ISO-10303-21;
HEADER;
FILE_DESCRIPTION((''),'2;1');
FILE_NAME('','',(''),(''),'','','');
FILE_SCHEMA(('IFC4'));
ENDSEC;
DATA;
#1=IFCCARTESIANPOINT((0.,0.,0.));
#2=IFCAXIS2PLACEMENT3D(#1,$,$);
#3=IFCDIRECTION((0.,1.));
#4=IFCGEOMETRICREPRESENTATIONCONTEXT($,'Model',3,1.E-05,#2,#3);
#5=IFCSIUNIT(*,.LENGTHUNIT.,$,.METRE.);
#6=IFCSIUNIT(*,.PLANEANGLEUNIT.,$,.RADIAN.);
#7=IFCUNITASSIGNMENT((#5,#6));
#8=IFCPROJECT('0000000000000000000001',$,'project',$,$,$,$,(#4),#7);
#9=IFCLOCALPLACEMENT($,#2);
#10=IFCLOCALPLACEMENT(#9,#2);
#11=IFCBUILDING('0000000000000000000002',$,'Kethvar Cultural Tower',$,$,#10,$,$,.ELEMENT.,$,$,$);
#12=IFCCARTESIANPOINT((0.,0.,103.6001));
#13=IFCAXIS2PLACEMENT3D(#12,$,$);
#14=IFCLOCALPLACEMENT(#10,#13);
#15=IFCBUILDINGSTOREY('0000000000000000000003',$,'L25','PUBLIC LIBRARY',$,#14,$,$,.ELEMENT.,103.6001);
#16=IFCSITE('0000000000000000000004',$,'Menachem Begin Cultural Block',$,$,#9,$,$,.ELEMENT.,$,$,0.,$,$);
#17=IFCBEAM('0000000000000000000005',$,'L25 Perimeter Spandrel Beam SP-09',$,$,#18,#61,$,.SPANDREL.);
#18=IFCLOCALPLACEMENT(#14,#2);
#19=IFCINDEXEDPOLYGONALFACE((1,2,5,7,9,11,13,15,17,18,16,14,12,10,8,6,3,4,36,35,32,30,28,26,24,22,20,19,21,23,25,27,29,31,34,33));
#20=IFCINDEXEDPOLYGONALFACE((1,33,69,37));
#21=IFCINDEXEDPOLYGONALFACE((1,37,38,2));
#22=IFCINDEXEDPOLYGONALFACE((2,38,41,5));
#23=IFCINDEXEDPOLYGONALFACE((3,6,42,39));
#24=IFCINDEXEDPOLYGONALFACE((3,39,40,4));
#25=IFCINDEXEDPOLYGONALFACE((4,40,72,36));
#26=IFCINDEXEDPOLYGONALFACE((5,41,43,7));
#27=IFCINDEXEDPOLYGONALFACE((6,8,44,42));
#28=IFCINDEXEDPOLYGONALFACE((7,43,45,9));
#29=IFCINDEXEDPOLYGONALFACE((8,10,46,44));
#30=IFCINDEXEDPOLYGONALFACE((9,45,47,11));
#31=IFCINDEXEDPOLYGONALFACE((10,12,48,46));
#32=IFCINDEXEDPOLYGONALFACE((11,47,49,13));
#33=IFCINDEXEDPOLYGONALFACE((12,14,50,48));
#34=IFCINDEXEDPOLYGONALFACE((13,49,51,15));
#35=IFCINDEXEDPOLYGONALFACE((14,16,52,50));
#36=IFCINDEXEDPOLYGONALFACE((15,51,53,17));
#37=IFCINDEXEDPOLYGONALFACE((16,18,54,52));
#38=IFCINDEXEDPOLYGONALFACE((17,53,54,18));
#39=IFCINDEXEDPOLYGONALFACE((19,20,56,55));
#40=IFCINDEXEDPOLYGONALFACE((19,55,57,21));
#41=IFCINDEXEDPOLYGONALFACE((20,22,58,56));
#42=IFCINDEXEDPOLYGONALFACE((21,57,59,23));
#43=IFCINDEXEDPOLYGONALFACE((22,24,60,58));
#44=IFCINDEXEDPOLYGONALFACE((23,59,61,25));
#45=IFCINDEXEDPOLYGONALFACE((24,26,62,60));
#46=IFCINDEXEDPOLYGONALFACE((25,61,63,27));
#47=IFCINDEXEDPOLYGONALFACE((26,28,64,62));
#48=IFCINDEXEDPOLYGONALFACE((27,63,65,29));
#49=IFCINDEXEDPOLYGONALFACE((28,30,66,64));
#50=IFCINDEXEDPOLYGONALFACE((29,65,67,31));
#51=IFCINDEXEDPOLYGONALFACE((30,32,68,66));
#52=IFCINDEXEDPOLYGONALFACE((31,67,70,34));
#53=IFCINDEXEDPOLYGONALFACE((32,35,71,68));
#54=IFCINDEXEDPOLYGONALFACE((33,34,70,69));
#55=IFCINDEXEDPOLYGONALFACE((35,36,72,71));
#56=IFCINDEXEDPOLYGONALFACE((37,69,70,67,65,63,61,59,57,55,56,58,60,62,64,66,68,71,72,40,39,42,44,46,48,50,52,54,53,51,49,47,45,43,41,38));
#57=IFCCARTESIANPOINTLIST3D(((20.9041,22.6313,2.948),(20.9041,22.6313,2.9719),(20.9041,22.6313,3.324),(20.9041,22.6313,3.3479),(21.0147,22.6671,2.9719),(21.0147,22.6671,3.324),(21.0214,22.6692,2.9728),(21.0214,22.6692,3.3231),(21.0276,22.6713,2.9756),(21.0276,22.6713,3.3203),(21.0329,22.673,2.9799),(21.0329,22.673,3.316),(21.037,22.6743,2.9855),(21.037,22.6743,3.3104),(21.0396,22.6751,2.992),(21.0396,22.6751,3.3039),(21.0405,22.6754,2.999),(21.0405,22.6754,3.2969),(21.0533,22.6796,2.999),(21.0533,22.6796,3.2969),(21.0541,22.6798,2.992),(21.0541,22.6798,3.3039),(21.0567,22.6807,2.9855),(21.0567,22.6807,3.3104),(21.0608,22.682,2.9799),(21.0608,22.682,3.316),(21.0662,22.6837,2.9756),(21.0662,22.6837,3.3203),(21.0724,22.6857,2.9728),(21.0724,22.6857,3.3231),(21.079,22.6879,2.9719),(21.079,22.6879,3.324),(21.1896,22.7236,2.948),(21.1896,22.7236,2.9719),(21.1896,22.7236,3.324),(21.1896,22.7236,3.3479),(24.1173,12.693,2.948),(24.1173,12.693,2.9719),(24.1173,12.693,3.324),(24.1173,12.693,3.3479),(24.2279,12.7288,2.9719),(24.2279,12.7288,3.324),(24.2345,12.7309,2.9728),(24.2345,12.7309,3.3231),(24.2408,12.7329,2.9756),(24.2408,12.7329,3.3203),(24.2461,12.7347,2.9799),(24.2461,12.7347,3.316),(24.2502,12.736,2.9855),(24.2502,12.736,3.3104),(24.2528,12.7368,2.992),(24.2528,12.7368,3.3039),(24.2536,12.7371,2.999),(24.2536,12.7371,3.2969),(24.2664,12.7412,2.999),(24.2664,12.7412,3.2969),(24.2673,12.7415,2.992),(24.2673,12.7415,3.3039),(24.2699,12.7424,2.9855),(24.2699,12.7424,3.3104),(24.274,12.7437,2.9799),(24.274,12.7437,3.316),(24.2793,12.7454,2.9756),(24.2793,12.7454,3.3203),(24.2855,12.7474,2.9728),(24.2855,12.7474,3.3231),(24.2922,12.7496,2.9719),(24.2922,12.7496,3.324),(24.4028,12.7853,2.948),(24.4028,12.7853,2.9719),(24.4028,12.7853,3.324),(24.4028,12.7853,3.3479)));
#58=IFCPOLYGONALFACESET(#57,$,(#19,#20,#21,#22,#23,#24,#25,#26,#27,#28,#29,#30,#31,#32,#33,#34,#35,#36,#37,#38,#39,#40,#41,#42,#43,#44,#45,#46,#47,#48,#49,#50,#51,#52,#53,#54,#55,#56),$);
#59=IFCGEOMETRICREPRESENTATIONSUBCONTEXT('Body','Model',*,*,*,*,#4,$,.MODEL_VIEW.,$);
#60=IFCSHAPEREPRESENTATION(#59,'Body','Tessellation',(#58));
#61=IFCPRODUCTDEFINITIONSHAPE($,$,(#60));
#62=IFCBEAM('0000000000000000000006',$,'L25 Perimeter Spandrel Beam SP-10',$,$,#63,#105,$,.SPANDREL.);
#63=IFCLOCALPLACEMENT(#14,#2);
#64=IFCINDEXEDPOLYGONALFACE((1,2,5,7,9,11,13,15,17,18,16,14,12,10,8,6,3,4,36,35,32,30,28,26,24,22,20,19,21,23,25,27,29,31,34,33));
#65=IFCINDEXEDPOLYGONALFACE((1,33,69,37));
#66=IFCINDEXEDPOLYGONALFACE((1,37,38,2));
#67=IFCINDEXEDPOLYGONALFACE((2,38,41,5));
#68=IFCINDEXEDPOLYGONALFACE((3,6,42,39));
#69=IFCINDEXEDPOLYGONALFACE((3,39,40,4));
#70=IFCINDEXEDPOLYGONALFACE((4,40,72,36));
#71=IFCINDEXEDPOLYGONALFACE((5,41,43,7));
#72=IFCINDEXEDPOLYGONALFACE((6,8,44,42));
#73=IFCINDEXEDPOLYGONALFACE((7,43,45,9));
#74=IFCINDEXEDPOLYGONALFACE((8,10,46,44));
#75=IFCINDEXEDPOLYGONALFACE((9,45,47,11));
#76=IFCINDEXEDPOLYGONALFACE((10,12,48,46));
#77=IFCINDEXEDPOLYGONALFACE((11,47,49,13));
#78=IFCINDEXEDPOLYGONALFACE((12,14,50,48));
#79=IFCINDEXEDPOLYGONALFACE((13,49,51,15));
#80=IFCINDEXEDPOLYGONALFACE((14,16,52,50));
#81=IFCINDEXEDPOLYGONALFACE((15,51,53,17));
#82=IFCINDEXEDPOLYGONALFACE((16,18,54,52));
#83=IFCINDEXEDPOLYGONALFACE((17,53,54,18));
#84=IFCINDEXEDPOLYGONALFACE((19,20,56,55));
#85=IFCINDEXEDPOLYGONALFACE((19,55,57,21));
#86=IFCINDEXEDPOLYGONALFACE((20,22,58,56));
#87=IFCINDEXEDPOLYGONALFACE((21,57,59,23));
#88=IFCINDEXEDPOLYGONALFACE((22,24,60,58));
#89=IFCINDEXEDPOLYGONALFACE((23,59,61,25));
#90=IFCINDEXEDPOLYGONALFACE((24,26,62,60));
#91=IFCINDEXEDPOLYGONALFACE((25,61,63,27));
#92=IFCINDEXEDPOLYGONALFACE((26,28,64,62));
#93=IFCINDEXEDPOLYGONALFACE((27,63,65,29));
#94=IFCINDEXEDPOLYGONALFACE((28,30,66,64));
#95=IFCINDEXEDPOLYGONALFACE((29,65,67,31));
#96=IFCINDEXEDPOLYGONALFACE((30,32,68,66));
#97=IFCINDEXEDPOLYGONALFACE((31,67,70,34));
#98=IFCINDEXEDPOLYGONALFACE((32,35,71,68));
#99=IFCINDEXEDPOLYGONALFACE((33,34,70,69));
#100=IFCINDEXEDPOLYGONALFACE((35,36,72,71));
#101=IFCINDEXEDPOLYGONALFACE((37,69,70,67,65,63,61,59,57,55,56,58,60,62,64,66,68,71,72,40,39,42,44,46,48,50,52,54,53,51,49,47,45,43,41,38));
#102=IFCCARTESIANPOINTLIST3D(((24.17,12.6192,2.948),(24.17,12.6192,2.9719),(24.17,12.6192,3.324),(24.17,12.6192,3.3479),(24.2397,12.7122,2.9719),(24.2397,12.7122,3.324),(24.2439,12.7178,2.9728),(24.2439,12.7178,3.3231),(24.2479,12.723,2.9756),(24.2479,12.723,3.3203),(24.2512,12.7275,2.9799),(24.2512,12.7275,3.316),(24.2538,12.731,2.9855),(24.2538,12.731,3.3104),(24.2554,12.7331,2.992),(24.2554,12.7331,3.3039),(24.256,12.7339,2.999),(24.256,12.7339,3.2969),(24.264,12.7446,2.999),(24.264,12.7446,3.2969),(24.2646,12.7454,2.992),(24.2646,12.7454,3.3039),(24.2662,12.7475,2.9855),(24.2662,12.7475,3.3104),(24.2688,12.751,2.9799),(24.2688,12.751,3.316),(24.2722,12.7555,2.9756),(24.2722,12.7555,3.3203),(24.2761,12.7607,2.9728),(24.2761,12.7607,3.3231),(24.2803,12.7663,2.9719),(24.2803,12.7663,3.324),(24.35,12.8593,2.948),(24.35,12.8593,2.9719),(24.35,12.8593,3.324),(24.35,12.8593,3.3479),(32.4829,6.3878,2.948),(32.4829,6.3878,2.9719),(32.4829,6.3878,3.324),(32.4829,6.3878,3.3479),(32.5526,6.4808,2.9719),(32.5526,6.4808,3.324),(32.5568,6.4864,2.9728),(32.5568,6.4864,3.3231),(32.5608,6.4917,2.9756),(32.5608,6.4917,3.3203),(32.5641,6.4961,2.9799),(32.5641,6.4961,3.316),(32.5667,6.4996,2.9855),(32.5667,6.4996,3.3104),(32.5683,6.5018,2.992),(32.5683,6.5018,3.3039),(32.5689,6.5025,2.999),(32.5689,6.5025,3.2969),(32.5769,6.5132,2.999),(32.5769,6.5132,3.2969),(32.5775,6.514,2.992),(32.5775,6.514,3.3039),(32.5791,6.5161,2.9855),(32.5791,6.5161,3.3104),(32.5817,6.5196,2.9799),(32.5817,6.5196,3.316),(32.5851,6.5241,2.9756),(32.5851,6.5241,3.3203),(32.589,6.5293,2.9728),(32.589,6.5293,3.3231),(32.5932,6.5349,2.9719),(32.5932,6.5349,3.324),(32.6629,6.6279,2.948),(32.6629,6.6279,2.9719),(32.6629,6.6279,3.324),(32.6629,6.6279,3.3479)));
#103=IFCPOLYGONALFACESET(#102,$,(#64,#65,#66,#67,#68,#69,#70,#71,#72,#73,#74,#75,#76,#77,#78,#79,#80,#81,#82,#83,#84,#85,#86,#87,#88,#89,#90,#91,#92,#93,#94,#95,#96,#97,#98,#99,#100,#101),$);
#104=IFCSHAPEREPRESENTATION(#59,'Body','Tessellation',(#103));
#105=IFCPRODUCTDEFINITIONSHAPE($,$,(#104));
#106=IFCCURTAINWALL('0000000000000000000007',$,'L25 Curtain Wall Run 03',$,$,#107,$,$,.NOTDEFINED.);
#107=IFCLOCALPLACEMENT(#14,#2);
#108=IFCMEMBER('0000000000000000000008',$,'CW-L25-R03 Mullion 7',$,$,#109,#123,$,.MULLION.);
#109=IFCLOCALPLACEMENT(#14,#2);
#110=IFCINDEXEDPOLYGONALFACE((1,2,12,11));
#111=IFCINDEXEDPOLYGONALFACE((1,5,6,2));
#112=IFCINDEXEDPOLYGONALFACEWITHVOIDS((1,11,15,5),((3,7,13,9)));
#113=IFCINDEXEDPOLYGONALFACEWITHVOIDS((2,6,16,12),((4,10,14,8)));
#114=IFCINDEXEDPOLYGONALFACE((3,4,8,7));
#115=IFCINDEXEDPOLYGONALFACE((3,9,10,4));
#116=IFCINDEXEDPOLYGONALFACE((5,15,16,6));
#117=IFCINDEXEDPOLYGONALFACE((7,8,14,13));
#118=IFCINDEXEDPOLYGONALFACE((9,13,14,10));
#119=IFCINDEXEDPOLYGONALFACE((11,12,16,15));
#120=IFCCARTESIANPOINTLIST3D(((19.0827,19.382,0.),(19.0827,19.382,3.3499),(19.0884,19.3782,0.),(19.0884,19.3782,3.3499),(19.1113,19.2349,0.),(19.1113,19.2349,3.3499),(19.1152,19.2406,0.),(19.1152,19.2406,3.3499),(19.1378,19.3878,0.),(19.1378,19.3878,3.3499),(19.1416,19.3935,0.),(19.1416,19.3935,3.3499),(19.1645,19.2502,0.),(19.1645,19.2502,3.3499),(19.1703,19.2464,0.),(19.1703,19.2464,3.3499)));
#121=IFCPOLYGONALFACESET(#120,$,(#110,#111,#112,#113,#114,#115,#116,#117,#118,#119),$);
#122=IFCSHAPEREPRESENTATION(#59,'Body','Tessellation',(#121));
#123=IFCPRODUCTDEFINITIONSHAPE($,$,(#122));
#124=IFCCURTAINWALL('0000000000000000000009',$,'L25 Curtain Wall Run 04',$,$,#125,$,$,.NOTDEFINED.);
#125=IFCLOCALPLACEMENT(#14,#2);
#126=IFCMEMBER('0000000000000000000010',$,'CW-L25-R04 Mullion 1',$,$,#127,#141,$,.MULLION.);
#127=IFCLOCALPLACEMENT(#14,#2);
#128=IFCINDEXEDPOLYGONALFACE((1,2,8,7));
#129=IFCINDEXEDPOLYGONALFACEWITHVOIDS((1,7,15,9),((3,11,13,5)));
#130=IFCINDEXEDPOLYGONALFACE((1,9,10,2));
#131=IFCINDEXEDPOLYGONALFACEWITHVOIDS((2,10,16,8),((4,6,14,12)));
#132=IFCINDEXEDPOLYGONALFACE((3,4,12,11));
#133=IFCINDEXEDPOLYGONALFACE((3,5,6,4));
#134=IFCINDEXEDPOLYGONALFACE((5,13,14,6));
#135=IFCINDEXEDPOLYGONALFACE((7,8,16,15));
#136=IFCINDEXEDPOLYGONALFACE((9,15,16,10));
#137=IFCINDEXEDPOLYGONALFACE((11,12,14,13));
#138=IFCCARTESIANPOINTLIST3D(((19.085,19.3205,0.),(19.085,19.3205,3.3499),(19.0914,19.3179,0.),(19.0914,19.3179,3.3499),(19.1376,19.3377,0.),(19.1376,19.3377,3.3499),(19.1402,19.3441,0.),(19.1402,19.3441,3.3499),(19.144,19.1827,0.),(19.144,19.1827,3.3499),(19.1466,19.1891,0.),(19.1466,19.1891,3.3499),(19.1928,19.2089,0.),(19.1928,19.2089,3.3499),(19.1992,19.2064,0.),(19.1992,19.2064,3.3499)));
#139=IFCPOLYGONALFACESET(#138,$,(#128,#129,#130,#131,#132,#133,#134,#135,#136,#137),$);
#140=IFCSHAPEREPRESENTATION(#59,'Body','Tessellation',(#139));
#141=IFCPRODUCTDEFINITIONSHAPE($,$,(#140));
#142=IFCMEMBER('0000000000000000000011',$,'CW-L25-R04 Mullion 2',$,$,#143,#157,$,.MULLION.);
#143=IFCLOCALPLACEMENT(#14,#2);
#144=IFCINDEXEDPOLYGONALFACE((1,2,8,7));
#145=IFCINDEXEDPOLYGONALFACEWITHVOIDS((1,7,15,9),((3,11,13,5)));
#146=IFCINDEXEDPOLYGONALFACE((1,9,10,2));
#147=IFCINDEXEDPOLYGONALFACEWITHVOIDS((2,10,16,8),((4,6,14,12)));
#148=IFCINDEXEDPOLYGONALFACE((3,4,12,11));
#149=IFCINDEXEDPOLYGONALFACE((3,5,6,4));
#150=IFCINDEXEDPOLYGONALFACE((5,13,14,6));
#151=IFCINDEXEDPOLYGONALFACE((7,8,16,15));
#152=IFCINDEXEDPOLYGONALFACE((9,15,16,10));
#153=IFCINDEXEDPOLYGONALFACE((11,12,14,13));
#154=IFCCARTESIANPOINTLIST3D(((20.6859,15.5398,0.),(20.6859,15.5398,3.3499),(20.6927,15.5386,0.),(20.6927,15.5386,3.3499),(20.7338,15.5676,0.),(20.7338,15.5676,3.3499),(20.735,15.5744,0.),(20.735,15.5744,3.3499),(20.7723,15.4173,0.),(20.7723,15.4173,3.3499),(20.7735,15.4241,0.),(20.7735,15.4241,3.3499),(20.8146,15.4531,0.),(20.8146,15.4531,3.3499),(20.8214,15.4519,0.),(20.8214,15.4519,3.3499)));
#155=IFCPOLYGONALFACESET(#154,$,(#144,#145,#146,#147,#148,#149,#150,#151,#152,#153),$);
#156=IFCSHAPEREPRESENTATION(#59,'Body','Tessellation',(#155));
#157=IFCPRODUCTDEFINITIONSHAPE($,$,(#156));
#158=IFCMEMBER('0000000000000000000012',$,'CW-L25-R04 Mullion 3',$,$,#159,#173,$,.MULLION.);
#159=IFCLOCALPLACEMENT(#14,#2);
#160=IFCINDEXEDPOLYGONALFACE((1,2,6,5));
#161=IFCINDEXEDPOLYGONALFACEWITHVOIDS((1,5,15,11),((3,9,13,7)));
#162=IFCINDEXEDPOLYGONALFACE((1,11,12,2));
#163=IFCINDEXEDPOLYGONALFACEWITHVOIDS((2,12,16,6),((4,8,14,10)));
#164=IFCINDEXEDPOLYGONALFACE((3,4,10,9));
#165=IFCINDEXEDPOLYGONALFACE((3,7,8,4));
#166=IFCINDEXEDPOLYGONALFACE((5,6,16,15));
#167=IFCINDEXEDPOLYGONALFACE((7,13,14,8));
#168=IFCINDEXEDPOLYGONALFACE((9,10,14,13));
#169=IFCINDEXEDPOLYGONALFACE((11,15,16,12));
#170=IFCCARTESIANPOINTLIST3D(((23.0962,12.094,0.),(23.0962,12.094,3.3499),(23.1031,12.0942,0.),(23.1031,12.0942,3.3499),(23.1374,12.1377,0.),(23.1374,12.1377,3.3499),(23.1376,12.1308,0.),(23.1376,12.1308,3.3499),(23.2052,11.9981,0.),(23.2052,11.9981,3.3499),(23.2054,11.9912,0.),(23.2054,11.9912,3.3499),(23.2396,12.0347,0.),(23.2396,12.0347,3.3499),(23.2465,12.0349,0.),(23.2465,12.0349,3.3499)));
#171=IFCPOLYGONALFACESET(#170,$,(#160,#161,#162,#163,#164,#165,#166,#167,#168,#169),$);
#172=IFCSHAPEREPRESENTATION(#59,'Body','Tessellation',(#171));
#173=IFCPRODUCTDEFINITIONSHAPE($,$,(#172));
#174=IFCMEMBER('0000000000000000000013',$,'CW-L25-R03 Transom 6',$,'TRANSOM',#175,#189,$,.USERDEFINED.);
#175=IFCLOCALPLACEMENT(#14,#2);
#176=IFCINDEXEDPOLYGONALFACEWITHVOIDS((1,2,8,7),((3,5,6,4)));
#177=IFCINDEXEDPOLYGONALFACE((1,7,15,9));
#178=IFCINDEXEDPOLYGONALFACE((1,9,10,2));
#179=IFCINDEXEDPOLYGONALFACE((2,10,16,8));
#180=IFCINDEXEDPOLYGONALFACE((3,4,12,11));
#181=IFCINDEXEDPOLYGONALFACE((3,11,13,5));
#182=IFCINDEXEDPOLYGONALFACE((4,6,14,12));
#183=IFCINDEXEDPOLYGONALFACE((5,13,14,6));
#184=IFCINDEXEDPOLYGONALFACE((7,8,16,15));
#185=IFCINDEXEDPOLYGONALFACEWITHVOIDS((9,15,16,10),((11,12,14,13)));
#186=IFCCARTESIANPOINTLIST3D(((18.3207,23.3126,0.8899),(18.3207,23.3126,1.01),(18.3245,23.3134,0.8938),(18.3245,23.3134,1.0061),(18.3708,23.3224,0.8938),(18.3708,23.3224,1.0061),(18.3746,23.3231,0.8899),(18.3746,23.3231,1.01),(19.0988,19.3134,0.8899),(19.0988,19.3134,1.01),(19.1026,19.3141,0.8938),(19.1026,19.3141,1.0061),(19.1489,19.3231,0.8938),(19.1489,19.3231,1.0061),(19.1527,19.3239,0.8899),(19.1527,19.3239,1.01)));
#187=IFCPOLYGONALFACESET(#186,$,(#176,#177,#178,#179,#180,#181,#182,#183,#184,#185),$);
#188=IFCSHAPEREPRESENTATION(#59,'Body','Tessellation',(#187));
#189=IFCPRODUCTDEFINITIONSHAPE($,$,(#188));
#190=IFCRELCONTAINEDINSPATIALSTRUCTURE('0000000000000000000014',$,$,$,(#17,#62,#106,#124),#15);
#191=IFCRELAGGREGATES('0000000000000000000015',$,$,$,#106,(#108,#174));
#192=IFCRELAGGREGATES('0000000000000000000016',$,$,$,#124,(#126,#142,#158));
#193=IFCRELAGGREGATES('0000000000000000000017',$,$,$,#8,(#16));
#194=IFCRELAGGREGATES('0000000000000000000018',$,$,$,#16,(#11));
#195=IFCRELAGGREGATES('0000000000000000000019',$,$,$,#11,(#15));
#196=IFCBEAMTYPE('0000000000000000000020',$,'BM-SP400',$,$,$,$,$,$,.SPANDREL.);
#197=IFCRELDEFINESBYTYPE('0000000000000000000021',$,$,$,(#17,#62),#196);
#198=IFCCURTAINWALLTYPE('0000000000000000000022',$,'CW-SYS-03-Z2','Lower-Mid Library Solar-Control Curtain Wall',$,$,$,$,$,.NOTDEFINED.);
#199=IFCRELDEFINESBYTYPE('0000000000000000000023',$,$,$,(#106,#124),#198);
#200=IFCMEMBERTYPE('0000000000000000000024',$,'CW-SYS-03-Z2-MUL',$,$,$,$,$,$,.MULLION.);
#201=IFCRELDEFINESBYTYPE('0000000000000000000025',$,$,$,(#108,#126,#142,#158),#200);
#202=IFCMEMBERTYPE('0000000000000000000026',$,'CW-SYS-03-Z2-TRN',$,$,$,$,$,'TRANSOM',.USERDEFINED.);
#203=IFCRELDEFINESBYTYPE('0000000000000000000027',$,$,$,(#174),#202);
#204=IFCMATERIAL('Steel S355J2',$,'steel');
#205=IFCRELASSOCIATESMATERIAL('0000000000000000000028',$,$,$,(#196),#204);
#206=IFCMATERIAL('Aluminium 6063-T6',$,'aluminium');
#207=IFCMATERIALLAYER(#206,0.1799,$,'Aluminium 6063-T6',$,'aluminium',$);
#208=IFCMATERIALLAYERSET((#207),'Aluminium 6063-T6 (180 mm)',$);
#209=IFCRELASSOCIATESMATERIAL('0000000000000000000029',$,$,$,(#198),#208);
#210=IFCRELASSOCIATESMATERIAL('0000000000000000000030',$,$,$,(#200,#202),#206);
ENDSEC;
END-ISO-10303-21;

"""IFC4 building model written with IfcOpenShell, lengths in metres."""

from ifc_helpers import new_model, si_unit, direction, frame, origin, origin_2d, place, context, subcontext, project, spatial, hollow_rectangle, i_section, extrude, source, transform, mapped, material, layer, layer_set, material_profile, profile_set, type_object, element, aggregate, save


model = new_model("IFC4")

# Units and contexts
model_context = context("Model", 3, precision=1e-05, world=origin(), true_north=direction((0.0, 1.0)))
body_context = subcontext(model_context, "Body", "Model", "MODEL_VIEW")
ifc_project = project(units=[si_unit("LENGTHUNIT", "METRE"), si_unit("PLANEANGLEUNIT", "RADIAN")], contexts=[model_context])

# Site, building, storey
site_placement = place(None, origin())
site = spatial("IfcSite", under=ifc_project, at=site_placement, Name="Menachem Begin Cultural Block", CompositionType="ELEMENT", RefElevation=0.0)
building_placement = place(site_placement, origin())
building = spatial("IfcBuilding", under=site, at=building_placement, Name="Kethvar Cultural Tower", CompositionType="ELEMENT")
storey_placement = place(building_placement, frame((0.0, 0.0, 103.6001)))
storey = spatial("IfcBuildingStorey", under=building, at=storey_placement, Name="L25", Description="PUBLIC LIBRARY", CompositionType="ELEMENT", Elevation=103.6001)

# Beams
ifc_material_1 = material(Name="Steel S355J2", Category="steel")
ifc_material_profile_1 = material_profile(ifc_material_1, i_section(OverallWidth=0.3, OverallDepth=0.3999, WebThickness=0.0134, FlangeThickness=0.0239, FilletRadius=0.0271, at=origin_2d()), Name="Steel S355J2 — HEB400")
ifc_profile_set_1 = profile_set([ifc_material_profile_1], Name="Steel S355J2 — HEB400")
beam_type_1 = type_object("IfcBeamType", Name="BM-SP400", PredefinedType="SPANDREL", material=ifc_profile_set_1)
shared_shape_1 = source(origin(), body_context, "Body", "SweptSolid", [
    extrude(i_section(OverallWidth=0.3, OverallDepth=0.3999, WebThickness=0.0134, FlangeThickness=0.0239, FilletRadius=0.0271, at=origin_2d()), origin(), (0.0, 0.0, 1.0), 10.4448),
])
beam_1_placement = place(storey_placement, frame((21.0469, 22.6775, 3.1479), z_axis=(0.307632, -0.951506, 0.0), x_axis=(0.951506, 0.307632, 0.0)))
element("IfcBeam", 1, at=beam_1_placement, inside=storey, type_object=beam_type_1, Name="L25 Perimeter Spandrel Beam SP-09", PredefinedType="SPANDREL", context=body_context, shape_type="MappedRepresentation", body=[
    mapped(shared_shape_1, transform((0.0, 0.0, 0.0), scale=1.0)),
])
shared_shape_2 = source(origin(), body_context, "Body", "SweptSolid", [
    extrude(i_section(OverallWidth=0.3, OverallDepth=0.3999, WebThickness=0.0134, FlangeThickness=0.0239, FilletRadius=0.0271, at=origin_2d()), origin(), (0.0, 0.0, 1.0), 10.3892),
])
beam_2_placement = place(storey_placement, frame((24.26, 12.7393, 3.1479), z_axis=(0.800152, -0.599797, 0.0), x_axis=(0.599797, 0.800152, 0.0)))
element("IfcBeam", 2, at=beam_2_placement, inside=storey, type_object=beam_type_1, Name="L25 Perimeter Spandrel Beam SP-10", PredefinedType="SPANDREL", context=body_context, shape_type="MappedRepresentation", body=[
    mapped(shared_shape_2, transform((0.0, 0.0, 0.0), scale=1.0)),
])

# Curtain wall, member
ifc_material_2 = material(Name="Aluminium 6063-T6", Category="aluminium")
ifc_layer_1 = layer(ifc_material_2, 0.1799, Name="Aluminium 6063-T6", Category="aluminium")
ifc_layer_set_1 = layer_set([ifc_layer_1], Name="Aluminium 6063-T6 (180 mm)")
curtain_wall_type = type_object("IfcCurtainWallType", Name="CW-SYS-03-Z2", Description="Lower-Mid Library Solar-Control Curtain Wall", PredefinedType="NOTDEFINED", material=ifc_layer_set_1)
curtain_wall_1_placement = place(storey_placement, origin())
curtain_wall_1 = element("IfcCurtainWall", 3, at=curtain_wall_1_placement, inside=storey, type_object=curtain_wall_type, Name="L25 Curtain Wall Run 03", PredefinedType="NOTDEFINED")
ifc_material_profile_2 = material_profile(ifc_material_2, hollow_rectangle(XDim=0.0601, YDim=0.1499, WallThickness=0.0049, at=origin_2d()), Name="Aluminium 6063-T6 — RHS150x60x5")
ifc_profile_set_2 = profile_set([ifc_material_profile_2], Name="Aluminium 6063-T6 — RHS150x60x5")
member_type_1 = type_object("IfcMemberType", Name="CW-SYS-03-Z2-MUL", PredefinedType="MULLION", material=ifc_profile_set_2)
shared_shape_3 = source(origin(), body_context, "Body", "SweptSolid", [
    extrude(hollow_rectangle(XDim=0.0601, YDim=0.1499, WallThickness=0.0049, at=origin_2d()), origin(), (0.0, 0.0, 1.0), 3.3499),
])
member_1_placement = place(storey_placement, frame((19.1265, 19.3142, 0.0), z_axis=(0.0, 0.0, 1.0), x_axis=(0.981601, 0.190946, 0.0)))
member_1 = element("IfcMember", 4, at=member_1_placement, type_object=member_type_1, Name="CW-L25-R03 Mullion 7", PredefinedType="MULLION", context=body_context, shape_type="MappedRepresentation", body=[
    mapped(shared_shape_3, transform((0.0, 0.0, 0.0), scale=1.0)),
])

# Curtain wall, members
curtain_wall_2_placement = place(storey_placement, origin())
curtain_wall_2 = element("IfcCurtainWall", 5, at=curtain_wall_2_placement, inside=storey, type_object=curtain_wall_type, Name="L25 Curtain Wall Run 04", PredefinedType="NOTDEFINED")
member_2_placement = place(storey_placement, frame((19.1421, 19.2634, 0.0), z_axis=(0.0, 0.0, 1.0), x_axis=(0.91919, 0.393814, 0.0)))
member_2 = element("IfcMember", 6, at=member_2_placement, type_object=member_type_1, Name="CW-L25-R04 Mullion 1", PredefinedType="MULLION", context=body_context, shape_type="MappedRepresentation", body=[
    mapped(shared_shape_3, transform((0.0, 0.0, 0.0), scale=1.0)),
])
member_3_placement = place(storey_placement, frame((20.7537, 15.4958, 0.0), z_axis=(0.0, 0.0, 1.0), x_axis=(0.817145, 0.576432, 0.0)))
member_3 = element("IfcMember", 7, at=member_3_placement, type_object=member_type_1, Name="CW-L25-R04 Mullion 2", PredefinedType="MULLION", context=body_context, shape_type="MappedRepresentation", body=[
    mapped(shared_shape_3, transform((0.0, 0.0, 0.0), scale=1.0)),
])
member_4_placement = place(storey_placement, frame((23.1714, 12.0645, 0.0), z_axis=(0.0, 0.0, 1.0), x_axis=(0.685412, 0.728156, 0.0)))
member_4 = element("IfcMember", 8, at=member_4_placement, type_object=member_type_1, Name="CW-L25-R04 Mullion 3", PredefinedType="MULLION", context=body_context, shape_type="MappedRepresentation", body=[
    mapped(shared_shape_3, transform((0.0, 0.0, 0.0), scale=1.0)),
])

# Member
ifc_material_profile_3 = material_profile(ifc_material_2, hollow_rectangle(XDim=0.0549, YDim=0.1201, WallThickness=0.0039, at=origin_2d()), Name="Aluminium 6063-T6 — RHS120x55x4")
ifc_profile_set_3 = profile_set([ifc_material_profile_3], Name="Aluminium 6063-T6 — RHS120x55x4")
member_type_2 = type_object("IfcMemberType", Name="CW-SYS-03-Z2-TRN", ElementType="TRANSOM", PredefinedType="USERDEFINED", material=ifc_profile_set_3)
shared_shape_4 = source(origin(), body_context, "Body", "SweptSolid", [
    extrude(hollow_rectangle(XDim=0.0549, YDim=0.1201, WallThickness=0.0039, at=origin_2d()), origin(), (0.0, 0.0, 1.0), 4.0742),
])
member_5_placement = place(storey_placement, frame((18.3477, 23.3179, 0.95), z_axis=(0.190974, -0.981595, 0.0), x_axis=(0.981595, 0.190974, 0.0)))
member_5 = element("IfcMember", 9, at=member_5_placement, type_object=member_type_2, Name="CW-L25-R03 Transom 6", ObjectType="TRANSOM", PredefinedType="USERDEFINED", context=body_context, shape_type="MappedRepresentation", body=[
    mapped(shared_shape_4, transform((0.0, 0.0, 0.0), scale=1.0)),
])

aggregate(curtain_wall_1, [member_1, member_5])
aggregate(curtain_wall_2, [member_2, member_3, member_4])

save(model, "model.ifc")
